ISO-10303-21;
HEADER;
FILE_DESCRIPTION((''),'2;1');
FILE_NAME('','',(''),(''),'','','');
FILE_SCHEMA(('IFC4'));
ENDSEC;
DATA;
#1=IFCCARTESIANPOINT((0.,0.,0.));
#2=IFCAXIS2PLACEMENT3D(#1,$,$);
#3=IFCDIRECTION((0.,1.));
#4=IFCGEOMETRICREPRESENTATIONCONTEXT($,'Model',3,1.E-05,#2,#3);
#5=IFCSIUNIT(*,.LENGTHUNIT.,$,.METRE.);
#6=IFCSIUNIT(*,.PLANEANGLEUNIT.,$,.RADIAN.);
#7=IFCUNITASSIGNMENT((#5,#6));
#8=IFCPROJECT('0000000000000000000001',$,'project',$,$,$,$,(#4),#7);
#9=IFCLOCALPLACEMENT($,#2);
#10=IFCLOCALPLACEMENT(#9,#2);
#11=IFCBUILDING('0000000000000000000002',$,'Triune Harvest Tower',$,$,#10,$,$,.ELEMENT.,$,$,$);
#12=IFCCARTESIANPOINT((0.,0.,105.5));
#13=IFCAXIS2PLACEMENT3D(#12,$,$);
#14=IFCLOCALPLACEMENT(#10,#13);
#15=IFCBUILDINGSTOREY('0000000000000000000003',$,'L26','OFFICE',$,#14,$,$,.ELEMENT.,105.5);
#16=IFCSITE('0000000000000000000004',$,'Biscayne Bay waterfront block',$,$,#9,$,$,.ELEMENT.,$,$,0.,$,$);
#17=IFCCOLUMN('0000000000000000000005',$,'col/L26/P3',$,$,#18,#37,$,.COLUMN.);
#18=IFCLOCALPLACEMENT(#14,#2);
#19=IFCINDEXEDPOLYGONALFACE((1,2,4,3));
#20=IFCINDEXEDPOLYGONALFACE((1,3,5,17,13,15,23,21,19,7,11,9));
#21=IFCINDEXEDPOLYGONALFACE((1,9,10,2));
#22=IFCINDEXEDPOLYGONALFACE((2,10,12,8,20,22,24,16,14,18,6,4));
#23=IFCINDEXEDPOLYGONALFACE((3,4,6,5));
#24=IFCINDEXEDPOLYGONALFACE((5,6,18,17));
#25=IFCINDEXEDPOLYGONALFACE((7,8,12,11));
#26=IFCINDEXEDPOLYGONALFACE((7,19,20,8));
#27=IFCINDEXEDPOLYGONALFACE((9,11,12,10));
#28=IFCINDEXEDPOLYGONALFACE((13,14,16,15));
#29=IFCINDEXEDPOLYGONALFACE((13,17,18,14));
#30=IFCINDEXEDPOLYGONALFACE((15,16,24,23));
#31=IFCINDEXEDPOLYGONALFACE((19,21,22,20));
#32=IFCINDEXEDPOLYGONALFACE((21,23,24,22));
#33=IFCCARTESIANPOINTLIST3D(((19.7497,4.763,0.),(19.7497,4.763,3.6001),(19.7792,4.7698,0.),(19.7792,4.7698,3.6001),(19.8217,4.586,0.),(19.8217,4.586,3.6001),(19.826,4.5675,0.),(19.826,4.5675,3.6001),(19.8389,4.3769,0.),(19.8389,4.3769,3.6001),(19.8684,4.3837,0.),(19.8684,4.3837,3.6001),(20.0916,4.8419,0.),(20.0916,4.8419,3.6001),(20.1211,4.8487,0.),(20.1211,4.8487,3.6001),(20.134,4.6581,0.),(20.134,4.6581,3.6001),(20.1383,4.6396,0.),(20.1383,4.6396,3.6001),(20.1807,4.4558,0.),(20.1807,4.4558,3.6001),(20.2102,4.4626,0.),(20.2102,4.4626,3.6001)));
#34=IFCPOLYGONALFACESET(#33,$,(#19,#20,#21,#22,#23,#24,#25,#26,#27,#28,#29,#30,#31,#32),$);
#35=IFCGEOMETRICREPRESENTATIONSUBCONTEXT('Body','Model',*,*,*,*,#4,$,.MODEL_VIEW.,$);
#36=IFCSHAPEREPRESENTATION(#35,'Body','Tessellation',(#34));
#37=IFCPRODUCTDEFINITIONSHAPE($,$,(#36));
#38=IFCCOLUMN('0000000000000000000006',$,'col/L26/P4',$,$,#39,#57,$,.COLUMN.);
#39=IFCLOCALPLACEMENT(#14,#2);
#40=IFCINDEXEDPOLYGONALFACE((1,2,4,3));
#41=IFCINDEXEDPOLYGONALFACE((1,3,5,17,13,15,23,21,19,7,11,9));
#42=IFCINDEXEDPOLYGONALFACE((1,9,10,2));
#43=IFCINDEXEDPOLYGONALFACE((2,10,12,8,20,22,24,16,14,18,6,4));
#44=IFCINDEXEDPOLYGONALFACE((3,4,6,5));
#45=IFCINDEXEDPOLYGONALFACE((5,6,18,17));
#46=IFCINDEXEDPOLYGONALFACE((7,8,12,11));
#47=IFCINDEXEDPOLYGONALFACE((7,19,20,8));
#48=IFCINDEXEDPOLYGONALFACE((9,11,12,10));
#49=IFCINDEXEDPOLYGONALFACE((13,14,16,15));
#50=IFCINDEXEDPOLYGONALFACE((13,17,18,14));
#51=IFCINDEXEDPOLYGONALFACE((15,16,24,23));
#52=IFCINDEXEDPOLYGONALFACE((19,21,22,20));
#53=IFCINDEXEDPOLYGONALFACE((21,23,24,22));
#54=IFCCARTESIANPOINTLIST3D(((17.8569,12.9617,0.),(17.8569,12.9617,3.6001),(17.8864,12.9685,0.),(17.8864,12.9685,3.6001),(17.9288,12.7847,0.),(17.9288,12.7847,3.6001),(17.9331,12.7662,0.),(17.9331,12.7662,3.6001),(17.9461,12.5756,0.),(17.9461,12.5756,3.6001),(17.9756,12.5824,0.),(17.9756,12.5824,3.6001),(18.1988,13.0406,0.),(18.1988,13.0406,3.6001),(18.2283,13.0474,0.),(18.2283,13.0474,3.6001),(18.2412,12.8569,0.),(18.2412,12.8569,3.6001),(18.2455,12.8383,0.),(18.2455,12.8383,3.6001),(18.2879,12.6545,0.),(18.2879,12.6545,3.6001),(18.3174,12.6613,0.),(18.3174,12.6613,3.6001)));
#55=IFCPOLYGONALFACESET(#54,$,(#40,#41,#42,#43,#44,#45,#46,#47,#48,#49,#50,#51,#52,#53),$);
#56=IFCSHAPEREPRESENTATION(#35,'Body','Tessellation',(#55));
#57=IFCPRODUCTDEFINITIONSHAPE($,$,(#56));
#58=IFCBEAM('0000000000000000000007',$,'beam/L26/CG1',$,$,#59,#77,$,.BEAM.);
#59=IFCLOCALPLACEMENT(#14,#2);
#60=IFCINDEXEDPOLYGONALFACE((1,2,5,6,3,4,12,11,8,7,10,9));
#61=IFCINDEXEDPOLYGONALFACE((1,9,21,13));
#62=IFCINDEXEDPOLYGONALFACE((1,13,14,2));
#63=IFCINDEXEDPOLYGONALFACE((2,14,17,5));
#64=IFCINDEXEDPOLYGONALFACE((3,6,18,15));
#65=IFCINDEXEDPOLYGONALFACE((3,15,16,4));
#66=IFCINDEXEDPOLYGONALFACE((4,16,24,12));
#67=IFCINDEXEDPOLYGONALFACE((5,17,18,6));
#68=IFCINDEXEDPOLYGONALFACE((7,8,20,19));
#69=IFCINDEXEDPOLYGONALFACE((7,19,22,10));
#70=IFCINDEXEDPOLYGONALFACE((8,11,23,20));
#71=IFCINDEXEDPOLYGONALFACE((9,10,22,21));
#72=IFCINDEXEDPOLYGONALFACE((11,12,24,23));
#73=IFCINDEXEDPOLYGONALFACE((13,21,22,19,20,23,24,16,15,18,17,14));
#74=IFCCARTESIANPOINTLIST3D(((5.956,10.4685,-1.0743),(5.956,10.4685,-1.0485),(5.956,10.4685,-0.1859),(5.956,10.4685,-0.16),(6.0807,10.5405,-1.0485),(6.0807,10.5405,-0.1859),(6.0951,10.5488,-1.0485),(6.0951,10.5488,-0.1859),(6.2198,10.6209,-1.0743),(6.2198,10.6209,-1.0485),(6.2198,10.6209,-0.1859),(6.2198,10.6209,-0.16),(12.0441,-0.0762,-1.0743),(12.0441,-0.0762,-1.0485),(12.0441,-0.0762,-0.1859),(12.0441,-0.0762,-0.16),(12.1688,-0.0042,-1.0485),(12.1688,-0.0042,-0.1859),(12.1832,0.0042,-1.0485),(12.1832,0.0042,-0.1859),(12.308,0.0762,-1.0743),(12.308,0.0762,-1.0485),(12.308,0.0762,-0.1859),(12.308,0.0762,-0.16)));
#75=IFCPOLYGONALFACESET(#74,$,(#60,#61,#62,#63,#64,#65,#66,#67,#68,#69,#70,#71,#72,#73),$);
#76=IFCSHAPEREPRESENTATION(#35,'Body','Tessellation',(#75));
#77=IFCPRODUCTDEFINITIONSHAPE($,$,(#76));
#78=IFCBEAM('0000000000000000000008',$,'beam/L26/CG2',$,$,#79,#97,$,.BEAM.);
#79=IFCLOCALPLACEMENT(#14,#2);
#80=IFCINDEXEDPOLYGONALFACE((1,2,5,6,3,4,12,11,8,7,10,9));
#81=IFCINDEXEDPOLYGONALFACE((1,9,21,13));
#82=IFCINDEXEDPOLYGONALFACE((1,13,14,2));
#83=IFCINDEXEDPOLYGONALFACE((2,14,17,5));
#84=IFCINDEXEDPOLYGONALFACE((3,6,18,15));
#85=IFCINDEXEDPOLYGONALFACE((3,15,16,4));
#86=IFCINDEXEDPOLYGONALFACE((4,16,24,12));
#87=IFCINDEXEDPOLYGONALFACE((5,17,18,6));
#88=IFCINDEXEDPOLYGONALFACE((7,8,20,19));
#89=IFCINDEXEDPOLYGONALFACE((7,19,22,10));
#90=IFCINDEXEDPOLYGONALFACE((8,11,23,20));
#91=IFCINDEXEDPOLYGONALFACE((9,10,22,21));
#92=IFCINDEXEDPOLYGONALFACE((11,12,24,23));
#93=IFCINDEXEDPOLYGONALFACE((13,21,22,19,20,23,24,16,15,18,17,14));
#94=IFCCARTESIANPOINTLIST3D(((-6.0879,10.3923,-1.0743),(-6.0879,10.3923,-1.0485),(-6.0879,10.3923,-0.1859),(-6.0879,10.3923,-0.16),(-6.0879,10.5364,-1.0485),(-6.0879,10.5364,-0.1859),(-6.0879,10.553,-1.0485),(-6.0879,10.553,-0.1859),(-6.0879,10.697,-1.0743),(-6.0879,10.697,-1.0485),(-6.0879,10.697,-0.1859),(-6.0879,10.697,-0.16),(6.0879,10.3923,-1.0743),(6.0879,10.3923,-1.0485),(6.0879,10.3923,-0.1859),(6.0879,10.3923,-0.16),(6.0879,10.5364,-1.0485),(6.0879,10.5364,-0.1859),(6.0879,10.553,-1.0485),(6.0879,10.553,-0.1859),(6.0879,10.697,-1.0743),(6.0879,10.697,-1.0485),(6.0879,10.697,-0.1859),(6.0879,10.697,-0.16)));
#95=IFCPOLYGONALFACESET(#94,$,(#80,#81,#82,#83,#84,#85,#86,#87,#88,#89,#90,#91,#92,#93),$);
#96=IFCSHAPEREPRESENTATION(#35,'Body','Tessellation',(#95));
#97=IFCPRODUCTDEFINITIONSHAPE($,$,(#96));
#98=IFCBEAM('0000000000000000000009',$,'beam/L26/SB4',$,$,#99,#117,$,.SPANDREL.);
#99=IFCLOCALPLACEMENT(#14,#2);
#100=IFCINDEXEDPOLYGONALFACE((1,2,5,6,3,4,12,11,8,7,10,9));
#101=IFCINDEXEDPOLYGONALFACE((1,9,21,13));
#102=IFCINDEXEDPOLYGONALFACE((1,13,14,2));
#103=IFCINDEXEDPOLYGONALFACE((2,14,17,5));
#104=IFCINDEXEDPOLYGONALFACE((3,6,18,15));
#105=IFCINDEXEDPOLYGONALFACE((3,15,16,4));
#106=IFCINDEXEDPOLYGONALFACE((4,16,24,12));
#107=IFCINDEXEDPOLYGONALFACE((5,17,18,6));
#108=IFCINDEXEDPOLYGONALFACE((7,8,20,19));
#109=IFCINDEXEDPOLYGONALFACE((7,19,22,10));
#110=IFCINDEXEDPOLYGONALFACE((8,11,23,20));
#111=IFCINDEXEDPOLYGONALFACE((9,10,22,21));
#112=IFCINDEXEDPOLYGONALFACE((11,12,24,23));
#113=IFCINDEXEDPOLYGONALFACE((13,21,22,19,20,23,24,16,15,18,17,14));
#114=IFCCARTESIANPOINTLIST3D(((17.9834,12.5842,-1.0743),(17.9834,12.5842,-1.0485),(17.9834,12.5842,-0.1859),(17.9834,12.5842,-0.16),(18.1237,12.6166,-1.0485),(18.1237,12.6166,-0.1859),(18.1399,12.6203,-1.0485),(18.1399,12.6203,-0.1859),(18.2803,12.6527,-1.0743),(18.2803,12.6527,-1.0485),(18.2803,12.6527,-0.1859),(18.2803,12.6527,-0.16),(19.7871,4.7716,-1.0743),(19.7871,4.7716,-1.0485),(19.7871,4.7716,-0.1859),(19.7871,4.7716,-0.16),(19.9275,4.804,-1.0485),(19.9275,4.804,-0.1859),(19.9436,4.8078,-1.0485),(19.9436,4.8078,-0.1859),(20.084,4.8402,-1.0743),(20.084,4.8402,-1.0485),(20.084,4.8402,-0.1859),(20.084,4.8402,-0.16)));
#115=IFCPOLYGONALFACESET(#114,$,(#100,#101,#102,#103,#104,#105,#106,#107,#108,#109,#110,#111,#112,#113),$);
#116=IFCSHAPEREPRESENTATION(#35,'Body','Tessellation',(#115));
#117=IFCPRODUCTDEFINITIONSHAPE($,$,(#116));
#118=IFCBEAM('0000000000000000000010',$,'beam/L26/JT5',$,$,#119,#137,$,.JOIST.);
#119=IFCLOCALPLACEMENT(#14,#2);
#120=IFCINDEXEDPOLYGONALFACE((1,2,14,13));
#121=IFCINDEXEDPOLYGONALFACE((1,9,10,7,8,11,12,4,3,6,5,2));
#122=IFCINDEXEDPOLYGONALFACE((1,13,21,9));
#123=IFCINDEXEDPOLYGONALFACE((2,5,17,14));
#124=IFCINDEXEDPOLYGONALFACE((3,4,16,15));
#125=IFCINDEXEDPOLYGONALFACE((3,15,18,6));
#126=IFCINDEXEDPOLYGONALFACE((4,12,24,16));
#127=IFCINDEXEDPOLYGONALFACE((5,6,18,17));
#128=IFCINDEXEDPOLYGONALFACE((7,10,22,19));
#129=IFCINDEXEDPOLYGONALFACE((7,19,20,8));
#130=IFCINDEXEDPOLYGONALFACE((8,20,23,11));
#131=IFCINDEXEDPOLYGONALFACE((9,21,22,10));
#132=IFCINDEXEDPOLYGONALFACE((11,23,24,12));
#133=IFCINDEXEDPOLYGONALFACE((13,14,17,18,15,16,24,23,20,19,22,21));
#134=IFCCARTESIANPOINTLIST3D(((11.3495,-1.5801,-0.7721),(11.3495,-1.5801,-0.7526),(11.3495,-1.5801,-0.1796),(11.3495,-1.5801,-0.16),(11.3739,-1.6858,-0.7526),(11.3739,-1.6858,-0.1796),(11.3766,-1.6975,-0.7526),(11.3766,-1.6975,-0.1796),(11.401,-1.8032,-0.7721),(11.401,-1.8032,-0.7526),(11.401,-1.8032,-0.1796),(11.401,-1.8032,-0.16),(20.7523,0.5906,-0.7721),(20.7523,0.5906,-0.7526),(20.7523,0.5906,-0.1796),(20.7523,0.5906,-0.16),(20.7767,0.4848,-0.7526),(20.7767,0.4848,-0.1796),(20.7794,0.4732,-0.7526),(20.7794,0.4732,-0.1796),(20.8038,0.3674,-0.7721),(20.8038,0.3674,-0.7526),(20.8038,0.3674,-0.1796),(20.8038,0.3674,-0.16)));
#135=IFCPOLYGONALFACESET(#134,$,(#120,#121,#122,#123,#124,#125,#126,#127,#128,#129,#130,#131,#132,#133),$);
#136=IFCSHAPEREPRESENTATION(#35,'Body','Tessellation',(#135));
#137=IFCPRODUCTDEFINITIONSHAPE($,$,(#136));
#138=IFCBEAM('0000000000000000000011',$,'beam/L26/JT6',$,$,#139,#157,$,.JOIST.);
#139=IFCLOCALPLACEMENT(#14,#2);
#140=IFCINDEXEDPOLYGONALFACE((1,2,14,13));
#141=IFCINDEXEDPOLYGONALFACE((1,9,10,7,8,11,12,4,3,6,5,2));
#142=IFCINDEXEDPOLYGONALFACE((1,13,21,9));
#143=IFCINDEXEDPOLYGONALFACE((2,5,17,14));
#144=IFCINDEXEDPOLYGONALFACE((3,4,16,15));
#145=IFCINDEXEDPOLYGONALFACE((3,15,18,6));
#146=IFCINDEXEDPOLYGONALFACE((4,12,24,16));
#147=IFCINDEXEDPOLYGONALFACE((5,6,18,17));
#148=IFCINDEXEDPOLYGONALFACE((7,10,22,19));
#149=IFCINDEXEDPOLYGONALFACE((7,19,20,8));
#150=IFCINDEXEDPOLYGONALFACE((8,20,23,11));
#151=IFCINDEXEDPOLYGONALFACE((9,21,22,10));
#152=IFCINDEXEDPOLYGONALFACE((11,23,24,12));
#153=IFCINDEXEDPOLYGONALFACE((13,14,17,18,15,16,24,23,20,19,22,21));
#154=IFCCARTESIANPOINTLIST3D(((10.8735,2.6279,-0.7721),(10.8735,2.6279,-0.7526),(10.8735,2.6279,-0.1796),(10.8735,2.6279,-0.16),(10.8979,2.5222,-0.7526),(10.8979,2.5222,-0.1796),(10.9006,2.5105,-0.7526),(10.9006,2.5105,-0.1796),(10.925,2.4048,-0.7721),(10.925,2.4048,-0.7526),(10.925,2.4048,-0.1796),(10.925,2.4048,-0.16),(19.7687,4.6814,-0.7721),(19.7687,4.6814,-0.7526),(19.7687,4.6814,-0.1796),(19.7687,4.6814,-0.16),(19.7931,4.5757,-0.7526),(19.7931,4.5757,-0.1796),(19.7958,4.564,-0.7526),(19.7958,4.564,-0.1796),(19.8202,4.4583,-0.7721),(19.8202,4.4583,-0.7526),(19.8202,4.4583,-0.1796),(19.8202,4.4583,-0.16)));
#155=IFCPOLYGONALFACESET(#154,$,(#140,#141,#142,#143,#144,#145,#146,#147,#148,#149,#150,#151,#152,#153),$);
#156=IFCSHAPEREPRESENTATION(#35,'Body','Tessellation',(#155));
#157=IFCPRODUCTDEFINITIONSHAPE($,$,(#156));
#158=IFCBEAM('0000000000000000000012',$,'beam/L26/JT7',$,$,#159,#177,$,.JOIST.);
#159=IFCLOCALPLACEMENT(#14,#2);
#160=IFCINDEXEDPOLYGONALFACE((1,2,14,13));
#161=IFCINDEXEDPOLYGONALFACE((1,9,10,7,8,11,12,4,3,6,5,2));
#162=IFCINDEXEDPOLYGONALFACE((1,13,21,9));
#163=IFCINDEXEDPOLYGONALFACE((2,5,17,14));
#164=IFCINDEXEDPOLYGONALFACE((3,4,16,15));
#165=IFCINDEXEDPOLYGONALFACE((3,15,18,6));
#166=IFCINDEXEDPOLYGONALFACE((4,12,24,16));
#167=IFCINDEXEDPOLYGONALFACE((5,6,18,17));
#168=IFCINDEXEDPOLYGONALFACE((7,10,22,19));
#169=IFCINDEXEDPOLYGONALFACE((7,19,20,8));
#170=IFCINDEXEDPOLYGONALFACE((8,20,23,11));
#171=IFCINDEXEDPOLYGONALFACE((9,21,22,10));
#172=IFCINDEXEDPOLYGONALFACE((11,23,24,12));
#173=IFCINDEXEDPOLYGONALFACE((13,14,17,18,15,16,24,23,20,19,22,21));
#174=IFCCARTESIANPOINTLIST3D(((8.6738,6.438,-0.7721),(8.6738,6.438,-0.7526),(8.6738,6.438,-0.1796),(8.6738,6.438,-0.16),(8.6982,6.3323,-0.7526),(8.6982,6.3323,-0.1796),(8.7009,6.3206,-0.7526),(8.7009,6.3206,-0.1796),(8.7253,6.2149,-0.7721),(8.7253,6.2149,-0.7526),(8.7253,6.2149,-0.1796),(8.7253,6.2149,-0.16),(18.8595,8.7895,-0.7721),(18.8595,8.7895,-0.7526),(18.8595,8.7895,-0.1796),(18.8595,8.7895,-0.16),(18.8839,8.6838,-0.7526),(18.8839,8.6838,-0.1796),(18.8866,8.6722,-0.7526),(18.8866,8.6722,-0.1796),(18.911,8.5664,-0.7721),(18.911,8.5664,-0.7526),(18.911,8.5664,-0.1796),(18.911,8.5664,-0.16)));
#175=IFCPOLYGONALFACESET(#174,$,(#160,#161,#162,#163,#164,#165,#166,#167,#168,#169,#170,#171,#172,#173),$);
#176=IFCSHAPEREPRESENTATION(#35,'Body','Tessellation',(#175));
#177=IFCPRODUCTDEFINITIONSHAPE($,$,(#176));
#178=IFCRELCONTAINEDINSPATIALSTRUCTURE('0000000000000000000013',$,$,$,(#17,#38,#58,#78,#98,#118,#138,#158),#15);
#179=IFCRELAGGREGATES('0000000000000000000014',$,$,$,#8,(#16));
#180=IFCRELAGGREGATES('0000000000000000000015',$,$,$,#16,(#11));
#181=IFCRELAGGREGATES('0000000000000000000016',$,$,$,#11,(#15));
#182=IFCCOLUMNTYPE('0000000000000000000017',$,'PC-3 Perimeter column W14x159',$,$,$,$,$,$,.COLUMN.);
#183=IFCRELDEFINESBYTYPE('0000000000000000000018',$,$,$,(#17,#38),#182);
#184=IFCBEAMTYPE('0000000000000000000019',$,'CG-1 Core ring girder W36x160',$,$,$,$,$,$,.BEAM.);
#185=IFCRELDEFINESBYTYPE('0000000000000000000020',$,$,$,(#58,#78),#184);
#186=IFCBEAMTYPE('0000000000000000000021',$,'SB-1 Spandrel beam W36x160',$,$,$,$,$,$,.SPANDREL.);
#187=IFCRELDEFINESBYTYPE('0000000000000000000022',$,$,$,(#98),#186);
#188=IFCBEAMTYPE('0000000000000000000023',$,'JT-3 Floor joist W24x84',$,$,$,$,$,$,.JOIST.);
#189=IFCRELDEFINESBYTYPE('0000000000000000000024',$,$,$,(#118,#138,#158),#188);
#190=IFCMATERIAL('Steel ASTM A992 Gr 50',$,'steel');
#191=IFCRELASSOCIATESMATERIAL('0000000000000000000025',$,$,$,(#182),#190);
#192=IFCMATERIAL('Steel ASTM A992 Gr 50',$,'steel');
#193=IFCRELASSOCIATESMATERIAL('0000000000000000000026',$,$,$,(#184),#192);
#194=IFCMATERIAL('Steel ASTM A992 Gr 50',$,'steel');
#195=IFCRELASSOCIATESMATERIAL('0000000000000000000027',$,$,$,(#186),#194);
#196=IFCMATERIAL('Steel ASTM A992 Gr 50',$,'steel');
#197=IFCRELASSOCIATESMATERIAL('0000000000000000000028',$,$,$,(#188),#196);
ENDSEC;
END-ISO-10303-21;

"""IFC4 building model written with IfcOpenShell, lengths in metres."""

from ifc_helpers import new_model, si_unit, direction, frame, origin, origin_2d, place, context, subcontext, project, spatial, i_section, extrude, source, transform, mapped, material, material_profile, profile_set, type_object, element, save


model = new_model("IFC4")

# Units and contexts
model_context = context("Model", 3, precision=1e-05, world=origin(), true_north=direction((0.0, 1.0)))
body_context = subcontext(model_context, "Body", "Model", "MODEL_VIEW")
ifc_project = project(units=[si_unit("LENGTHUNIT", "METRE"), si_unit("PLANEANGLEUNIT", "RADIAN")], contexts=[model_context])

# Site, building, storey
site_placement = place(None, origin())
site = spatial("IfcSite", under=ifc_project, at=site_placement, Name="Biscayne Bay waterfront block", CompositionType="ELEMENT", RefElevation=0.0)
building_placement = place(site_placement, origin())
building = spatial("IfcBuilding", under=site, at=building_placement, Name="Triune Harvest Tower", CompositionType="ELEMENT")
storey_placement = place(building_placement, frame((0.0, 0.0, 105.5)))
storey = spatial("IfcBuildingStorey", under=building, at=storey_placement, Name="L26", Description="OFFICE", CompositionType="ELEMENT", Elevation=105.5)

# Columns
ifc_material_1 = material(Name="Steel ASTM A992 Gr 50", Category="steel")
ifc_material_profile_1 = material_profile(ifc_material_1, i_section(OverallWidth=0.3962, OverallDepth=0.3811, WebThickness=0.019, FlangeThickness=0.0303, at=origin_2d()), Name="W14x159")
ifc_profile_set_1 = profile_set([ifc_material_profile_1], Name="Steel ASTM A992 Gr 50")
column_type = type_object("IfcColumnType", Name="PC-3 Perimeter column W14x159", PredefinedType="COLUMN", material=ifc_profile_set_1)
shared_shape_1 = source(origin(), body_context, "Body", "SweptSolid", [
    extrude(i_section(OverallWidth=0.3962, OverallDepth=0.3811, WebThickness=0.019, FlangeThickness=0.0303, at=origin_2d()), origin(), (0.0, 0.0, 1.0), 3.6001),
])
for number, where, z_axis, x_axis, name in (
    (1, (19.98, 4.6128, 0.0), (0.0, 0.0, 1.0), (-0.224953, 0.97437, 0.0), "col/L26/P3"),
    (2, (18.0872, 12.8115, 0.0), (0.0, 0.0, 1.0), (-0.224953, 0.97437, 0.0), "col/L26/P4"),
):
    element("IfcColumn", number, at=place(storey_placement, frame(where, z_axis=z_axis, x_axis=x_axis)), inside=storey, type_object=column_type, Name=name, PredefinedType="COLUMN", context=body_context, shape_type="MappedRepresentation", body=[
        mapped(shared_shape_1, transform((0.0, 0.0, 0.0), scale=1.0)),
    ])

# Beams
ifc_material_2 = material(Name="Steel ASTM A992 Gr 50", Category="steel")
ifc_material_profile_2 = material_profile(ifc_material_2, i_section(OverallWidth=0.3047, OverallDepth=0.9143, WebThickness=0.0166, FlangeThickness=0.0259, at=origin_2d()), Name="W36x160")
ifc_profile_set_2 = profile_set([ifc_material_profile_2], Name="Steel ASTM A992 Gr 50")
beam_type_1 = type_object("IfcBeamType", Name="CG-1 Core ring girder W36x160", PredefinedType="BEAM", material=ifc_profile_set_2)
shared_shape_2 = source(origin(), body_context, "Body", "SweptSolid", [
    extrude(i_section(OverallWidth=0.3047, OverallDepth=0.9143, WebThickness=0.0166, FlangeThickness=0.0259, at=origin_2d()), origin(), (0.0, 0.0, 1.0), 12.176),
])
beam_1_placement = place(storey_placement, frame((12.176, 0.0, -0.6172), z_axis=(-0.50001, 0.86602, 0.0), x_axis=(-0.86602, -0.50001, 0.0)))
element("IfcBeam", 3, at=beam_1_placement, inside=storey, type_object=beam_type_1, Name="beam/L26/CG1", PredefinedType="BEAM", context=body_context, shape_type="MappedRepresentation", body=[
    mapped(shared_shape_2, transform((0.0, 0.0, 0.0), scale=1.0)),
])
shared_shape_3 = source(origin(), body_context, "Body", "SweptSolid", [
    extrude(i_section(OverallWidth=0.3047, OverallDepth=0.9143, WebThickness=0.0166, FlangeThickness=0.0259, at=origin_2d()), origin(), (0.0, 0.0, 1.0), 12.1758),
])
beam_2_placement = place(storey_placement, frame((6.0879, 10.5447, -0.6172), z_axis=(-1.0, 0.0, 0.0), x_axis=(0.0, -1.0, 0.0)))
element("IfcBeam", 4, at=beam_2_placement, inside=storey, type_object=beam_type_1, Name="beam/L26/CG2", PredefinedType="BEAM", context=body_context, shape_type="MappedRepresentation", body=[
    mapped(shared_shape_3, transform((0.0, 0.0, 0.0), scale=1.0)),
])
ifc_material_3 = material(Name="Steel ASTM A992 Gr 50", Category="steel")
ifc_material_profile_3 = material_profile(ifc_material_3, i_section(OverallWidth=0.3047, OverallDepth=0.9143, WebThickness=0.0166, FlangeThickness=0.0259, at=origin_2d()), Name="W36x160")
ifc_profile_set_3 = profile_set([ifc_material_profile_3], Name="Steel ASTM A992 Gr 50")
beam_type_2 = type_object("IfcBeamType", Name="SB-1 Spandrel beam W36x160", PredefinedType="SPANDREL", material=ifc_profile_set_3)
shared_shape_4 = source(origin(), body_context, "Body", "SweptSolid", [
    extrude(i_section(OverallWidth=0.3047, OverallDepth=0.9143, WebThickness=0.0166, FlangeThickness=0.0259, at=origin_2d()), origin(), (0.0, 0.0, 1.0), 8.0181),
])
beam_3_placement = place(storey_placement, frame((19.9355, 4.8059, -0.6172), z_axis=(-0.224957, 0.974369, 0.0), x_axis=(-0.974369, -0.224957, 0.0)))
element("IfcBeam", 5, at=beam_3_placement, inside=storey, type_object=beam_type_2, Name="beam/L26/SB4", PredefinedType="SPANDREL", context=body_context, shape_type="MappedRepresentation", body=[
    mapped(shared_shape_4, transform((0.0, 0.0, 0.0), scale=1.0)),
])
ifc_material_4 = material(Name="Steel ASTM A992 Gr 50", Category="steel")
ifc_material_profile_4 = material_profile(ifc_material_4, i_section(OverallWidth=0.229, OverallDepth=0.6121, WebThickness=0.012, FlangeThickness=0.0195, at=origin_2d()), Name="W24x84")
ifc_profile_set_4 = profile_set([ifc_material_profile_4], Name="Steel ASTM A992 Gr 50")
beam_type_3 = type_object("IfcBeamType", Name="JT-3 Floor joist W24x84", PredefinedType="JOIST", material=ifc_profile_set_4)
shared_shape_5 = source(origin(), body_context, "Body", "SweptSolid", [
    extrude(i_section(OverallWidth=0.229, OverallDepth=0.6121, WebThickness=0.012, FlangeThickness=0.0195, at=origin_2d()), origin(), (0.0, 0.0, 1.0), 9.6501),
])
beam_4_placement = place(storey_placement, frame((20.7781, 0.479, -0.4661), z_axis=(-0.974374, -0.224935, 0.0), x_axis=(0.224935, -0.974374, 0.0)))
element("IfcBeam", 6, at=beam_4_placement, inside=storey, type_object=beam_type_3, Name="beam/L26/JT5", PredefinedType="JOIST", context=body_context, shape_type="MappedRepresentation", body=[
    mapped(shared_shape_5, transform((0.0, 0.0, 0.0), scale=1.0)),
])
shared_shape_6 = source(origin(), body_context, "Body", "SweptSolid", [
    extrude(i_section(OverallWidth=0.229, OverallDepth=0.6121, WebThickness=0.012, FlangeThickness=0.0195, at=origin_2d()), origin(), (0.0, 0.0, 1.0), 9.1292),
])
beam_5_placement = place(storey_placement, frame((19.7944, 4.5698, -0.4661), z_axis=(-0.974374, -0.224934, 0.0), x_axis=(0.224934, -0.974374, 0.0)))
element("IfcBeam", 7, at=beam_5_placement, inside=storey, type_object=beam_type_3, Name="beam/L26/JT6", PredefinedType="JOIST", context=body_context, shape_type="MappedRepresentation", body=[
    mapped(shared_shape_6, transform((0.0, 0.0, 0.0), scale=1.0)),
])
shared_shape_7 = source(origin(), body_context, "Body", "SweptSolid", [
    extrude(i_section(OverallWidth=0.229, OverallDepth=0.6121, WebThickness=0.012, FlangeThickness=0.0195, at=origin_2d()), origin(), (0.0, 0.0, 1.0), 10.4536),
])
beam_6_placement = place(storey_placement, frame((18.8853, 8.678, -0.4661), z_axis=(-0.97437, -0.22495, 0.0), x_axis=(0.22495, -0.97437, 0.0)))
element("IfcBeam", 8, at=beam_6_placement, inside=storey, type_object=beam_type_3, Name="beam/L26/JT7", PredefinedType="JOIST", context=body_context, shape_type="MappedRepresentation", body=[
    mapped(shared_shape_7, transform((0.0, 0.0, 0.0), scale=1.0)),
])

save(model, "model.ifc")
